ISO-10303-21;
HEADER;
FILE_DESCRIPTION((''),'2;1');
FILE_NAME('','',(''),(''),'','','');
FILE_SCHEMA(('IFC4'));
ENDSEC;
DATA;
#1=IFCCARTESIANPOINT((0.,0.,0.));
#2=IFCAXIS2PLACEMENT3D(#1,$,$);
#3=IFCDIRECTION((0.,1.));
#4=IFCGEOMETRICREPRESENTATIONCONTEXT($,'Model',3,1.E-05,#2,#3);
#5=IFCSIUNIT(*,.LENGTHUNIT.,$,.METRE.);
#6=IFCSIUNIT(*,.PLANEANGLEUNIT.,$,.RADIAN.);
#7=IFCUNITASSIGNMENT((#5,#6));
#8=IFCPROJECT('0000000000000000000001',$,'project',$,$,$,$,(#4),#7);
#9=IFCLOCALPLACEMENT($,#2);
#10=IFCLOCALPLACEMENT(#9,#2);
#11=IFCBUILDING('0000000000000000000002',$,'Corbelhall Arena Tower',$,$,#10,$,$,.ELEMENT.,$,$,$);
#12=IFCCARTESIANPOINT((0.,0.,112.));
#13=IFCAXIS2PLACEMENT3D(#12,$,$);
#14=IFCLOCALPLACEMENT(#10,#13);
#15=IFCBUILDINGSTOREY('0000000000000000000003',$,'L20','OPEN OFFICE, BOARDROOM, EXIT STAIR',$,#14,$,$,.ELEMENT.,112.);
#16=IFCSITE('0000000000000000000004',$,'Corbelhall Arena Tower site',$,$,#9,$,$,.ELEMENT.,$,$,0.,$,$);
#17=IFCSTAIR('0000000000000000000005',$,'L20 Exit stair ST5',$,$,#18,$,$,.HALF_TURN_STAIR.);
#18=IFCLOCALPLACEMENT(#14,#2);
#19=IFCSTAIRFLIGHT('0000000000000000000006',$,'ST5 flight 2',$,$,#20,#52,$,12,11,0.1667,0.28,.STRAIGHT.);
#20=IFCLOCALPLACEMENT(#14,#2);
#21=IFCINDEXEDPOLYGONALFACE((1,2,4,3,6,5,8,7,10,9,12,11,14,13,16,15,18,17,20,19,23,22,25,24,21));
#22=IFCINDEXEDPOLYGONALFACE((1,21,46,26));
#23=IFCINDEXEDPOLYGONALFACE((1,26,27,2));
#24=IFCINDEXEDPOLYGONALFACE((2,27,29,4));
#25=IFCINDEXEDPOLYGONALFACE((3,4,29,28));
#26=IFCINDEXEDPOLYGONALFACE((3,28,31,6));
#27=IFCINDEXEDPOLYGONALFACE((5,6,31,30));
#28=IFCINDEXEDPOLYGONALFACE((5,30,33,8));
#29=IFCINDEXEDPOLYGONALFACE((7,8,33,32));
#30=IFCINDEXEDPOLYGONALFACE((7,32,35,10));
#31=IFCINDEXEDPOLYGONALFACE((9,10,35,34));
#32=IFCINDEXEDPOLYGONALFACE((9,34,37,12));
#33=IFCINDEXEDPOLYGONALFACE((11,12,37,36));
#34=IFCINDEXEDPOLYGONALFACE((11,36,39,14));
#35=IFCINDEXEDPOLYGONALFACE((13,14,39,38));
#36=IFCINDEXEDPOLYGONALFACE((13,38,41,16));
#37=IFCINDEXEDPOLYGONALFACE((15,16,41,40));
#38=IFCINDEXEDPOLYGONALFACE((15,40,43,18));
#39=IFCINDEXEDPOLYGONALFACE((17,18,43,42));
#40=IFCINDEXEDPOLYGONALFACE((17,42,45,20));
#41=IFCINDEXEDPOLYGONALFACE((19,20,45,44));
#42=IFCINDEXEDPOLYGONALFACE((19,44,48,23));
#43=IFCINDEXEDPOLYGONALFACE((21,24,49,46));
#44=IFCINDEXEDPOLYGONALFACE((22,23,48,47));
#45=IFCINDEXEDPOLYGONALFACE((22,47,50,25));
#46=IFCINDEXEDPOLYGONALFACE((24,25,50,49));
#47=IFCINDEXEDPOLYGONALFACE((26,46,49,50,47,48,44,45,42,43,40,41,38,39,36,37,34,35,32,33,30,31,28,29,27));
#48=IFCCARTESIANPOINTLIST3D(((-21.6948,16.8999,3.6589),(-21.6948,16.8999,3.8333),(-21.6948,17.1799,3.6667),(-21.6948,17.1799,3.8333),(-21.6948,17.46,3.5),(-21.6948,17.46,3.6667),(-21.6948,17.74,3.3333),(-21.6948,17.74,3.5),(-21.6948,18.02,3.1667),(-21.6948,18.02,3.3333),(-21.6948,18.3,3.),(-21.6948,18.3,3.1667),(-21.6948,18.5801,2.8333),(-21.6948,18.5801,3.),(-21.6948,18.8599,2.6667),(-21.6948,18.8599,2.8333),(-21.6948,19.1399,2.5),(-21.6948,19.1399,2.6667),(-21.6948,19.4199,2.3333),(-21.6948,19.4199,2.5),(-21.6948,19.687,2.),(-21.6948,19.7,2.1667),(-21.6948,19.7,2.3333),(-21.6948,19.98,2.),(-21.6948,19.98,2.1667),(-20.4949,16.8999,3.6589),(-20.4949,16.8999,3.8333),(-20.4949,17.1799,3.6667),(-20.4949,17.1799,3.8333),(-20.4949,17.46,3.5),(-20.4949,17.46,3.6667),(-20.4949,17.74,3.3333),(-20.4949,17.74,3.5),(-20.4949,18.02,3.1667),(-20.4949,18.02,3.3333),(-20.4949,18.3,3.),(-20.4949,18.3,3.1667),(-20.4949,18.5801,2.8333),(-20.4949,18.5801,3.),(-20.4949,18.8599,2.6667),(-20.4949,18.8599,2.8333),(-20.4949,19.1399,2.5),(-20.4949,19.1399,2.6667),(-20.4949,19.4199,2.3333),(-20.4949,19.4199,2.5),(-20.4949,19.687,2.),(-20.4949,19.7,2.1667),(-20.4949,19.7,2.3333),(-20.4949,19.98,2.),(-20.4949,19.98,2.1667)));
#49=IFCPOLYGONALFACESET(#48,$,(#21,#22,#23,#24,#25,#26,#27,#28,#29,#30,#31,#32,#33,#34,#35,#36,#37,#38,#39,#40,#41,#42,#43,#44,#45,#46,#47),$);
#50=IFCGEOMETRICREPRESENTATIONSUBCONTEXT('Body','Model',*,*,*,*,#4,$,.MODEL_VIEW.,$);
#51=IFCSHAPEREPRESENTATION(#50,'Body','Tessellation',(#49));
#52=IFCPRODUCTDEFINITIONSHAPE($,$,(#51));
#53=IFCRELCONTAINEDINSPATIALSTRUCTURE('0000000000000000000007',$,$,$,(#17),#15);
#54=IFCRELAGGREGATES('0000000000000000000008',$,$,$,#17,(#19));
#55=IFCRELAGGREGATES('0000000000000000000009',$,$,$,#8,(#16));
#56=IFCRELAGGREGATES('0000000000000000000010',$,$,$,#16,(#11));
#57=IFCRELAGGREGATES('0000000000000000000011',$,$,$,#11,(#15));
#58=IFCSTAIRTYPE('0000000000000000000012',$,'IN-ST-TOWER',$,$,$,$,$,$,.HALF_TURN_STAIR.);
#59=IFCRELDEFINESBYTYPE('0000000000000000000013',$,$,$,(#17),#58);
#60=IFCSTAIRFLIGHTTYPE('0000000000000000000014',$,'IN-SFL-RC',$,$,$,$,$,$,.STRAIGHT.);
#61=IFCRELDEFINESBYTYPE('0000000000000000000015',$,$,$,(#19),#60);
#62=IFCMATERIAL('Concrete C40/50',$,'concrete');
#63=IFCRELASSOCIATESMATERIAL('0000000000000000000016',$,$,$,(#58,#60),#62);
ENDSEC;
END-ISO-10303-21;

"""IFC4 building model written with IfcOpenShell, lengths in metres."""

from ifc_helpers import new_model, si_unit, direction, frame, origin, place, context, subcontext, project, spatial, polyline, outline, extrude, material, type_object, element, aggregate, save


model = new_model("IFC4")

# Units and contexts
model_context = context("Model", 3, precision=1e-05, world=origin(), true_north=direction((0.0, 1.0)))
body_context = subcontext(model_context, "Body", "Model", "MODEL_VIEW")
ifc_project = project(units=[si_unit("LENGTHUNIT", "METRE"), si_unit("PLANEANGLEUNIT", "RADIAN")], contexts=[model_context])

# Site, building, storey
site_placement = place(None, origin())
site = spatial("IfcSite", under=ifc_project, at=site_placement, Name="Corbelhall Arena Tower site", CompositionType="ELEMENT", RefElevation=0.0)
building_placement = place(site_placement, origin())
building = spatial("IfcBuilding", under=site, at=building_placement, Name="Corbelhall Arena Tower", CompositionType="ELEMENT")
storey_placement = place(building_placement, frame((0.0, 0.0, 112.0)))
storey = spatial("IfcBuildingStorey", under=building, at=storey_placement, Name="L20", Description="OPEN OFFICE, BOARDROOM, EXIT STAIR", CompositionType="ELEMENT", Elevation=112.0)

# Shared definitions
ifc_material_1 = material(Name="Concrete C40/50", Category="concrete")

# Stair, stair flight
stair_type = type_object("IfcStairType", Name="IN-ST-TOWER", PredefinedType="HALF_TURN_STAIR", material=ifc_material_1)
stair_placement = place(storey_placement, origin())
stair = element("IfcStair", 1, at=stair_placement, inside=storey, type_object=stair_type, Name="L20 Exit stair ST5", PredefinedType="HALF_TURN_STAIR")
stair_flight_type = type_object("IfcStairFlightType", Name="IN-SFL-RC", PredefinedType="STRAIGHT", material=ifc_material_1)
stair_flight_placement = place(storey_placement, frame((-21.095, 19.98, 2.0), z_axis=(0.0, 0.0, 1.0), x_axis=(0.0, -1.0, 0.0)))
stair_flight = element("IfcStairFlight", 2, at=stair_flight_placement, type_object=stair_flight_type, Name="ST5 flight 2", NumberOfRisers=12, NumberOfTreads=11, PredefinedType="STRAIGHT", RiserHeight=0.1667, TreadLength=0.28, context=body_context, shape_type="SweptSolid", body=[
    extrude(outline(polyline([(0.0, 0.0), (0.0, 0.1667), (0.28, 0.1667), (0.28, 0.3333), (0.5601, 0.3333), (0.5601, 0.5), (0.8401, 0.5), (0.8401, 0.6667), (1.1201, 0.6667), (1.1201, 0.8333), (1.3999, 0.8333), (1.3999, 1.0), (1.6799, 1.0), (1.6799, 1.1667), (1.96, 1.1667), (1.96, 1.3333), (2.24, 1.3333), (2.24, 1.5), (2.52, 1.5), (2.52, 1.6667), (2.8, 1.6667), (2.8, 1.8333), (3.0801, 1.8333), (3.0801, 2.0), (3.0801, 1.6589), (0.293, 0.0), (0.0, 0.0)])), frame((0.0, 0.6001, 0.0), z_axis=(0.0, -1.0, 0.0), x_axis=(1.0, 0.0, 0.0)), (0.0, 0.0, 1.0), 1.2),
])
aggregate(stair, [stair_flight])

save(model, "model.ifc")
